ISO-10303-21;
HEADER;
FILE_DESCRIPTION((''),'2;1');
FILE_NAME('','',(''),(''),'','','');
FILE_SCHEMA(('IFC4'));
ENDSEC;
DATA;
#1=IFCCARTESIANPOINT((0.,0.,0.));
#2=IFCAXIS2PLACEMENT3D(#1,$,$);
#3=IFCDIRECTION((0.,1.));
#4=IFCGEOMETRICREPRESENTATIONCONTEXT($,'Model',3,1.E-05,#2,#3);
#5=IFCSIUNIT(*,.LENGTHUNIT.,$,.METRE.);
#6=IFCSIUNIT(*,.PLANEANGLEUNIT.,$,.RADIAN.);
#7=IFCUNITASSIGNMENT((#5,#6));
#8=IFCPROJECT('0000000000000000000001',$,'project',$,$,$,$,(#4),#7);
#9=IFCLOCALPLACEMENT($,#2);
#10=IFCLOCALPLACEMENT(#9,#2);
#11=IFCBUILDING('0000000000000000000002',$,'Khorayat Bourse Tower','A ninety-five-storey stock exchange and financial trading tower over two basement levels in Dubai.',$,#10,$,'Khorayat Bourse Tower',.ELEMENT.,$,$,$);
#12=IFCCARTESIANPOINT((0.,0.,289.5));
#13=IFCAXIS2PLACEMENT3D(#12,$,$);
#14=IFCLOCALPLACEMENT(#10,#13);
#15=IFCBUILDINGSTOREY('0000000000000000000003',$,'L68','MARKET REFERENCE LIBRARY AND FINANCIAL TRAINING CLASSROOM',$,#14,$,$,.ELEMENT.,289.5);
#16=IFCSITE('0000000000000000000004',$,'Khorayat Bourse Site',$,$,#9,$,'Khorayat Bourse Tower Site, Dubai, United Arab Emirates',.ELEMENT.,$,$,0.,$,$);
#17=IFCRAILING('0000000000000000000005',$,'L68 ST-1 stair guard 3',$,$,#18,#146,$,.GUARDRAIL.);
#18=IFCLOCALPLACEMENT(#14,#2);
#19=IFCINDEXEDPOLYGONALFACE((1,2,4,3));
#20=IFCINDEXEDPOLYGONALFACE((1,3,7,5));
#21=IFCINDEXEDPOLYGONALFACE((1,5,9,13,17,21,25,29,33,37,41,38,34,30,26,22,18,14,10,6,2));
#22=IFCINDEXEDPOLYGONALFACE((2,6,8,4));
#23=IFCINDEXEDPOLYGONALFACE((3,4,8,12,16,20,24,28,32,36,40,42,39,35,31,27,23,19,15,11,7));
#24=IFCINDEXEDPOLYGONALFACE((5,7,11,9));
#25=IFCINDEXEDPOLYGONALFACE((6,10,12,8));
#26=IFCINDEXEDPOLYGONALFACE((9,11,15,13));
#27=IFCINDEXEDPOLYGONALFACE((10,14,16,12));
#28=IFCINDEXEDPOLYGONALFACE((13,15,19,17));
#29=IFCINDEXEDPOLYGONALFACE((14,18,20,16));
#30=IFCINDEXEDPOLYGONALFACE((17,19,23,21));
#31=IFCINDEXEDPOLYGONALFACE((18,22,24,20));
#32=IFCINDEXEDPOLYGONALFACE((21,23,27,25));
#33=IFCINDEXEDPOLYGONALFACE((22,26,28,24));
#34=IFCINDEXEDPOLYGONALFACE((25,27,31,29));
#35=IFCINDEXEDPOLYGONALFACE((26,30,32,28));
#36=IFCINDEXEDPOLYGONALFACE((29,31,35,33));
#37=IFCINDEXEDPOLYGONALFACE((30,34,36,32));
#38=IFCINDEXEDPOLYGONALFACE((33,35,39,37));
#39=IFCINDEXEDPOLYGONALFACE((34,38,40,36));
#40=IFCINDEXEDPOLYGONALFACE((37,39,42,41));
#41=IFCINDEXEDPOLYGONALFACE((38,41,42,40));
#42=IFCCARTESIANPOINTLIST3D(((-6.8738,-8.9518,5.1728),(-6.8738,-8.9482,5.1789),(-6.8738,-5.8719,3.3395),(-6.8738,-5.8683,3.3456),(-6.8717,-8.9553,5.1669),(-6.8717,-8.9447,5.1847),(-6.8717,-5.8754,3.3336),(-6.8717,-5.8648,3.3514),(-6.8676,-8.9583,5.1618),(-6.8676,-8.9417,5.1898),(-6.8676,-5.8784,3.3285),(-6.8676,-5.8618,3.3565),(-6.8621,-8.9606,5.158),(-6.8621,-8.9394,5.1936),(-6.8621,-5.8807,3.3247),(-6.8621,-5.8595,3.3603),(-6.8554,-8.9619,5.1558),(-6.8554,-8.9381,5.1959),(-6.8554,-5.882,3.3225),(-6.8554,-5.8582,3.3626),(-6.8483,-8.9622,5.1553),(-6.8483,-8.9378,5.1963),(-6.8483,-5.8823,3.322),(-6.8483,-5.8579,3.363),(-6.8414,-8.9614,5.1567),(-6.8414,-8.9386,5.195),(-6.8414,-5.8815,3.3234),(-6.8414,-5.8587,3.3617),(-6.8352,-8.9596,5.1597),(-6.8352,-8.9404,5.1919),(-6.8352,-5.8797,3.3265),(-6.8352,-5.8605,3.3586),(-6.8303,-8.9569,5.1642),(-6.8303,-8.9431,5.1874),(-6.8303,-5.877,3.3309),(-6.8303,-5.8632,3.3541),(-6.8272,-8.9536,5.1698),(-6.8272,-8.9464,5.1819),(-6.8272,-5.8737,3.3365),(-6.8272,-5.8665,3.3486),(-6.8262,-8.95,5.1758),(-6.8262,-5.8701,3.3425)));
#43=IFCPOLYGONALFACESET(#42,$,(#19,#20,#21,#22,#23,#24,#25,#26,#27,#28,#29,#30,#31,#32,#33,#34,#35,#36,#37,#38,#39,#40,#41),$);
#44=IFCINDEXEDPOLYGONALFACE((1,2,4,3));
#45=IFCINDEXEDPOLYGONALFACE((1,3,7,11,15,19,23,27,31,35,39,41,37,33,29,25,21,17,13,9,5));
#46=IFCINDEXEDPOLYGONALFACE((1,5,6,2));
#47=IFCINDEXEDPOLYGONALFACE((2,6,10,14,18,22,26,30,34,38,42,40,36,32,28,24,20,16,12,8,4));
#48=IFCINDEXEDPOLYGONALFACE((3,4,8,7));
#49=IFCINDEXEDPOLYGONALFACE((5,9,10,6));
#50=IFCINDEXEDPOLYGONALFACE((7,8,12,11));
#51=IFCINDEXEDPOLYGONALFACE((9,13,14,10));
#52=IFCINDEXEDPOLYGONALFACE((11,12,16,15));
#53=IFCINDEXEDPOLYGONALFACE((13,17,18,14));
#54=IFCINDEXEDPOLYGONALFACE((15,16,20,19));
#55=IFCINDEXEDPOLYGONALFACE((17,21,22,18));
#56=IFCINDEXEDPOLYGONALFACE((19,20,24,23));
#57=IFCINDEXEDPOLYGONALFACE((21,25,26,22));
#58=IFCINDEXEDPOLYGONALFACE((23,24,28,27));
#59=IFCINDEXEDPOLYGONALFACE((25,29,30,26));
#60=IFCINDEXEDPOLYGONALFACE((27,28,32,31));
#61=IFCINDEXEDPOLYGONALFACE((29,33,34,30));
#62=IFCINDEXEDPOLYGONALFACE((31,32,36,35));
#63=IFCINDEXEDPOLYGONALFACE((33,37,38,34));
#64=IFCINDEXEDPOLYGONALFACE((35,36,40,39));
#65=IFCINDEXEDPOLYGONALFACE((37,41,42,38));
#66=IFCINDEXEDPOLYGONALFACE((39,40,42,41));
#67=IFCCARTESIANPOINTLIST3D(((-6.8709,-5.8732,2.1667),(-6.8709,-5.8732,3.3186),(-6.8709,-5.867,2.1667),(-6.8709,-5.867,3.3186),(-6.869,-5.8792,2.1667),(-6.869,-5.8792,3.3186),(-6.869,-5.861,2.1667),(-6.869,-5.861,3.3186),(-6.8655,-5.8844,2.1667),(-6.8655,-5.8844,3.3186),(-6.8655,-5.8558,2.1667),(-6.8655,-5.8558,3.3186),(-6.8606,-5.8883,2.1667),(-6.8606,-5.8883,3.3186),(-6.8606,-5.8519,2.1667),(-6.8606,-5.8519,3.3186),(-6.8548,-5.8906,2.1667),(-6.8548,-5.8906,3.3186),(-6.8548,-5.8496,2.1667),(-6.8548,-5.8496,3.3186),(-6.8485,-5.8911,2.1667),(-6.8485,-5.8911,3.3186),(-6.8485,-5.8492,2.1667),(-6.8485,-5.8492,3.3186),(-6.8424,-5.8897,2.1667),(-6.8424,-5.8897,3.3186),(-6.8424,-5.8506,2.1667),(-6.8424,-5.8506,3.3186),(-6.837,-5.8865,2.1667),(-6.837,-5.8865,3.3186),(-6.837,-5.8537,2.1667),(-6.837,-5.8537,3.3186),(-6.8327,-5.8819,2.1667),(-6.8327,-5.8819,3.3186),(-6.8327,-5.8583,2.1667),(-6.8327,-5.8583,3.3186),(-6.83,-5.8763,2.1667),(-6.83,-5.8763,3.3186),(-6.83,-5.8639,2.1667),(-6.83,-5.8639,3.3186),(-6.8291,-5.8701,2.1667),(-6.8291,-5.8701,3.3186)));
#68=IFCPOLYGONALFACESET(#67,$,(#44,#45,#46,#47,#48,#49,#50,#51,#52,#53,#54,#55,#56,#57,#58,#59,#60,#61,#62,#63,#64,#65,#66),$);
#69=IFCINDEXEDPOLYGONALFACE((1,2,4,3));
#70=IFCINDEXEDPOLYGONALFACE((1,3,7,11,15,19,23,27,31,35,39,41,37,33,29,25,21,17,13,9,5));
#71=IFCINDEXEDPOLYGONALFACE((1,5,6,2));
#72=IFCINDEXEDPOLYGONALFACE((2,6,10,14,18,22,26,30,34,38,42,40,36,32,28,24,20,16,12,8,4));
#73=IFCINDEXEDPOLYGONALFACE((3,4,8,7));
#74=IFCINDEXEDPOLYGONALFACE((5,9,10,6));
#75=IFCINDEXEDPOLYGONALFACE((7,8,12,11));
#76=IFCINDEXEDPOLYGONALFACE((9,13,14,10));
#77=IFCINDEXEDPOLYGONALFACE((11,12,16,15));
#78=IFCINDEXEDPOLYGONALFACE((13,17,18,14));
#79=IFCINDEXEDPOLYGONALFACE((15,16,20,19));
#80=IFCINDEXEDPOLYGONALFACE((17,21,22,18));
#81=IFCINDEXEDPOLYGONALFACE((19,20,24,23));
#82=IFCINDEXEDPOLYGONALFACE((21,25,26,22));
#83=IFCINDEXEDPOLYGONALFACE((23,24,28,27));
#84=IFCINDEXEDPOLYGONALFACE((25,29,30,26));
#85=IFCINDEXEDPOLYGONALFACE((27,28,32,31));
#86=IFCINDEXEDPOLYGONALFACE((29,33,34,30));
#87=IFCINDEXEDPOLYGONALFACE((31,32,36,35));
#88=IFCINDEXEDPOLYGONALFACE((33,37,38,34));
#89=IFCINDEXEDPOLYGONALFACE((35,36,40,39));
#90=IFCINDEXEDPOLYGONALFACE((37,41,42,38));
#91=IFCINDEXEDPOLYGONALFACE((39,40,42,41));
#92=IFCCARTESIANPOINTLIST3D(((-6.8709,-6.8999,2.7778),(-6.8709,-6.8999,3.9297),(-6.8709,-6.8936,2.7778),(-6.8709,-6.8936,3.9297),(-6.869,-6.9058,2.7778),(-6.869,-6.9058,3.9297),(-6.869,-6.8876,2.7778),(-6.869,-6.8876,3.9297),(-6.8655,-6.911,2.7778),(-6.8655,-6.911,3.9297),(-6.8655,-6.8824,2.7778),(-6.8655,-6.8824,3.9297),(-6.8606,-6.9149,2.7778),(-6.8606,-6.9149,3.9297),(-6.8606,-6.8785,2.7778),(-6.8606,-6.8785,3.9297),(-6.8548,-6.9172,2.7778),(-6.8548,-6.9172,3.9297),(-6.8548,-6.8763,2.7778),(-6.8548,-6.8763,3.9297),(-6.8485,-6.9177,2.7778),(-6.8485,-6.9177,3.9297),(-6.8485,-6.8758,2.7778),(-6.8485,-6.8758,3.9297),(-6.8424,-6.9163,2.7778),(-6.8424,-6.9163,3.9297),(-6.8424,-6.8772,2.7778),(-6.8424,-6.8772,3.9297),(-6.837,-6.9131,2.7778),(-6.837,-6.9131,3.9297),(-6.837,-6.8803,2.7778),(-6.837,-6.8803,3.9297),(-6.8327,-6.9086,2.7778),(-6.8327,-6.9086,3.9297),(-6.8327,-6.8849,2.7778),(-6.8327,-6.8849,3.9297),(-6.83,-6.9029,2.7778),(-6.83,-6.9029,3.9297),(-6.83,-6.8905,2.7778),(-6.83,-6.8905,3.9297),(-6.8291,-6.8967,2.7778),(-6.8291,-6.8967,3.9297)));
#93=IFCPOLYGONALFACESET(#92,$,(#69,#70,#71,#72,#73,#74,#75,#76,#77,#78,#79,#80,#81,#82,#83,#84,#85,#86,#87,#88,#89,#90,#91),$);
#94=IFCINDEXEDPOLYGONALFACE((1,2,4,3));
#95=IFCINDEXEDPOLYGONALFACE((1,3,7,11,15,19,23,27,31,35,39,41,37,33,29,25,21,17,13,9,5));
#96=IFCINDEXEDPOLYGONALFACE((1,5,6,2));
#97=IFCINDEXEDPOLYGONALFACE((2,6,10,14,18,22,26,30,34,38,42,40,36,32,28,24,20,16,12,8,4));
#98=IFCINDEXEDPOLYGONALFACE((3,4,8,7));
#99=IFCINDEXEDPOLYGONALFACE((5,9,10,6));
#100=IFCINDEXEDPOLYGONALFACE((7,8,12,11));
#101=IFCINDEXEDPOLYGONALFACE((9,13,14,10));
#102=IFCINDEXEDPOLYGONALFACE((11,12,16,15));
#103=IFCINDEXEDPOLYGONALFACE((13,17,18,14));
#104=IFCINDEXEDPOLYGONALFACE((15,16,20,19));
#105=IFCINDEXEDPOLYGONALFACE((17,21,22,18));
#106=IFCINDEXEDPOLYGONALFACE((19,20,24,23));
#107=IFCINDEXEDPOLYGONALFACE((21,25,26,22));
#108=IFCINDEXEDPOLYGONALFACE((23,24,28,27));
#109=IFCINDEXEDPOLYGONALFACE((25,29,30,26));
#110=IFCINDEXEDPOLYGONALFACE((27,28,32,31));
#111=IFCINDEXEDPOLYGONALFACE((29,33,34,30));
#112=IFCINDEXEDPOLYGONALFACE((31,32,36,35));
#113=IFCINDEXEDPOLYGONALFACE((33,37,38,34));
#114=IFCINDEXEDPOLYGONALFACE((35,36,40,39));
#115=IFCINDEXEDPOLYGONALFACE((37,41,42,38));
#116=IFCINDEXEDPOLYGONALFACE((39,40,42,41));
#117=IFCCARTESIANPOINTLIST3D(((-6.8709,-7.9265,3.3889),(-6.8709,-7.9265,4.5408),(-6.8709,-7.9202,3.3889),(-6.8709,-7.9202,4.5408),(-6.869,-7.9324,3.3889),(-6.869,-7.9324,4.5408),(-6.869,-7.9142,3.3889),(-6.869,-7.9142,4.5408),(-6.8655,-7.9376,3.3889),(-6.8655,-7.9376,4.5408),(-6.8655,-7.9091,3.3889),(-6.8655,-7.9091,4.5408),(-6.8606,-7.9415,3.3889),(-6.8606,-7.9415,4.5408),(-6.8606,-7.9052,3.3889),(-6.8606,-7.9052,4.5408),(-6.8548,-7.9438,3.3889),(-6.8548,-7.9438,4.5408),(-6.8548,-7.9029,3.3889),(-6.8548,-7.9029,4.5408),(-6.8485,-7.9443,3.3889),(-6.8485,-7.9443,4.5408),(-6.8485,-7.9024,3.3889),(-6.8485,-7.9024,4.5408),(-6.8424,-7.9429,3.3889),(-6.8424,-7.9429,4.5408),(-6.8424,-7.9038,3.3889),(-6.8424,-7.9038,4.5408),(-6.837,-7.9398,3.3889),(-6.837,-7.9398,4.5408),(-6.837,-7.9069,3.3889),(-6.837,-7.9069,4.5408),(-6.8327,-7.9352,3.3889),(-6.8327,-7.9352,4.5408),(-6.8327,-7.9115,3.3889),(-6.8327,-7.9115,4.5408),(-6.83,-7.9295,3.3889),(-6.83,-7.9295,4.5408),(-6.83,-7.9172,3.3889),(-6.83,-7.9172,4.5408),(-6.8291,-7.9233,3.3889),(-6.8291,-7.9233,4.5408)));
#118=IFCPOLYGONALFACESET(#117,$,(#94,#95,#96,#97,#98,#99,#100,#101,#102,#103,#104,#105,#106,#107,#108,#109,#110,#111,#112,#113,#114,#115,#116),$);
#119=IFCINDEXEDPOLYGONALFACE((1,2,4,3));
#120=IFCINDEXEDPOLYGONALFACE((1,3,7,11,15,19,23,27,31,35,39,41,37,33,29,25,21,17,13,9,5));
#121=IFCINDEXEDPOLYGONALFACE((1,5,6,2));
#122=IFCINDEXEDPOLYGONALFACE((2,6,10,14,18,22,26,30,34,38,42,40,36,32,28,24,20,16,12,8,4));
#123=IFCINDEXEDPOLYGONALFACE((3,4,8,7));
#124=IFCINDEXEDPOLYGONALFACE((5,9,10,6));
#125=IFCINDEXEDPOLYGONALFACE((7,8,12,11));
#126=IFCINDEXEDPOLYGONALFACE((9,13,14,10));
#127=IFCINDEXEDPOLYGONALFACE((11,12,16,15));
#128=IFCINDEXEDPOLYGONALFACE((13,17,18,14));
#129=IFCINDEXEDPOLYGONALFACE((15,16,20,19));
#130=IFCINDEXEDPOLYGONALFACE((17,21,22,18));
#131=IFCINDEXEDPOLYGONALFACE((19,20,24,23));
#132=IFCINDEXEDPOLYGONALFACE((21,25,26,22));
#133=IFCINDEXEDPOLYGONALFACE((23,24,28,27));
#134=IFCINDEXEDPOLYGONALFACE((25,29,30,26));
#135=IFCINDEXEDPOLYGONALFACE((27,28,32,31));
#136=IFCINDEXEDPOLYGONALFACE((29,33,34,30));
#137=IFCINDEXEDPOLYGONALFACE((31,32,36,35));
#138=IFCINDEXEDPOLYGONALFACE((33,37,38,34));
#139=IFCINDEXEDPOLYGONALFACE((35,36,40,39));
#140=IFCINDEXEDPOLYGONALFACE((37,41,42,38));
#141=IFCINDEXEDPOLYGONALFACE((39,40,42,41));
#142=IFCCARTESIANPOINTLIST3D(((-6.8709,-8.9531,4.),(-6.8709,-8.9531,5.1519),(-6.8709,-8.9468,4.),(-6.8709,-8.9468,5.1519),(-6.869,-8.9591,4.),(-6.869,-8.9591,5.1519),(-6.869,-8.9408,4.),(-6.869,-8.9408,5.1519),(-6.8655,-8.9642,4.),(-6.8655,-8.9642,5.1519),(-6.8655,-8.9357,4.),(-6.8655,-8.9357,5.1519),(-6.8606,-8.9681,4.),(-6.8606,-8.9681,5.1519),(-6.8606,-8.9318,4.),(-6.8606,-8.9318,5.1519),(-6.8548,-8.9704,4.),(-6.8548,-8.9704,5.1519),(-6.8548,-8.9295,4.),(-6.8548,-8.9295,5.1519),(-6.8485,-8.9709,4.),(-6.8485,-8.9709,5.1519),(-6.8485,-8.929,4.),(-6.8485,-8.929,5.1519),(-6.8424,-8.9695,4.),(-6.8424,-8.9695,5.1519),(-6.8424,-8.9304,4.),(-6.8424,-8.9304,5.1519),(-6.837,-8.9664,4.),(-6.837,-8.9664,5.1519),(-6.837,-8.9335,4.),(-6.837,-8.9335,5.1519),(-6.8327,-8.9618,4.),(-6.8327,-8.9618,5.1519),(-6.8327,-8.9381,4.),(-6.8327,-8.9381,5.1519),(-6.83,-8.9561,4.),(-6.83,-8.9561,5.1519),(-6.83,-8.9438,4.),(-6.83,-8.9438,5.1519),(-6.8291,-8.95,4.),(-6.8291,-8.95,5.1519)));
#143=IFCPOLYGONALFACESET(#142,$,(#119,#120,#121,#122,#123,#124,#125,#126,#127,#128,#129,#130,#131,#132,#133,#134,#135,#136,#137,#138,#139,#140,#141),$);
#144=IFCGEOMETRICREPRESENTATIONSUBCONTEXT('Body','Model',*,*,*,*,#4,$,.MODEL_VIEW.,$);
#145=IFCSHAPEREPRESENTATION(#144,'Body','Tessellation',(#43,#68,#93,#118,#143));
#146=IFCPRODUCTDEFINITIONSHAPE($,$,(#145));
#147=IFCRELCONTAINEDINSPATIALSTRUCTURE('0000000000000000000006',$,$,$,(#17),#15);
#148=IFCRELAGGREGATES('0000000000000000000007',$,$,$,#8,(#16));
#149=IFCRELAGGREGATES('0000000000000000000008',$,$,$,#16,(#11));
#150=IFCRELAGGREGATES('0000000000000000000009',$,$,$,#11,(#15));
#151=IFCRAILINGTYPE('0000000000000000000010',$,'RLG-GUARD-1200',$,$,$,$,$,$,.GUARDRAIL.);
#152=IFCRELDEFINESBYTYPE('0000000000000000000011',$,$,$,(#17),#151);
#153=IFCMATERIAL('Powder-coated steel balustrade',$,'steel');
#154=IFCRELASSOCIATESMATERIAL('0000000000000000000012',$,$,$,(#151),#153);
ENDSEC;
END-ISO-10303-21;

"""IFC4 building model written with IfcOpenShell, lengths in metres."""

from ifc_helpers import new_model, si_unit, direction, frame, origin, origin_2d, place, context, subcontext, project, spatial, circle, extrude, source, transform, mapped, material, type_object, element, save


model = new_model("IFC4")

# Units and contexts
model_context = context("Model", 3, precision=1e-05, world=origin(), true_north=direction((0.0, 1.0)))
body_context = subcontext(model_context, "Body", "Model", "MODEL_VIEW")
ifc_project = project(units=[si_unit("LENGTHUNIT", "METRE"), si_unit("PLANEANGLEUNIT", "RADIAN")], contexts=[model_context])

# Site, building, storey
site_placement = place(None, origin())
site = spatial("IfcSite", under=ifc_project, at=site_placement, Name="Khorayat Bourse Site", LongName="Khorayat Bourse Tower Site, Dubai, United Arab Emirates", CompositionType="ELEMENT", RefElevation=0.0)
building_placement = place(site_placement, origin())
building = spatial("IfcBuilding", under=site, at=building_placement, Name="Khorayat Bourse Tower", Description="A ninety-five-storey stock exchange and financial trading tower over two basement levels in Dubai.", LongName="Khorayat Bourse Tower", CompositionType="ELEMENT")
storey_placement = place(building_placement, frame((0.0, 0.0, 289.5)))
storey = spatial("IfcBuildingStorey", under=building, at=storey_placement, Name="L68", Description="MARKET REFERENCE LIBRARY AND FINANCIAL TRAINING CLASSROOM", CompositionType="ELEMENT", Elevation=289.5)

# Railing
ifc_material_1 = material(Name="Powder-coated steel balustrade", Category="steel")
railing_type_1 = type_object("IfcRailingType", Name="RLG-GUARD-1200", PredefinedType="GUARDRAIL", material=ifc_material_1)
shared_shape_1 = source(origin(), body_context, "Body", "SweptSolid", [
    extrude(circle(Radius=0.0239, at=origin_2d()), frame((0.0, 0.0, 1.1758), z_axis=(0.0, -0.859291, 0.511487), x_axis=(1.0, 0.0, 0.0)), (0.0, 0.0, 1.0), 3.5842),
    extrude(circle(Radius=0.021, at=origin_2d()), origin(), (0.0, 0.0, 1.0), 1.1519),
    extrude(circle(Radius=0.021, at=origin_2d()), frame((0.0, -1.0266, 0.6111)), (0.0, 0.0, 1.0), 1.1519),
    extrude(circle(Radius=0.021, at=origin_2d()), frame((0.0, -2.0532, 1.2222)), (0.0, 0.0, 1.0), 1.1519),
    extrude(circle(Radius=0.021, at=origin_2d()), frame((0.0, -3.0798, 1.8333)), (0.0, 0.0, 1.0), 1.1519),
])
railing_1_placement = place(storey_placement, frame((-6.8501, -5.8701, 2.1667)))
element("IfcRailing", 1, at=railing_1_placement, inside=storey, type_object=railing_type_1, Name="L68 ST-1 stair guard 3", PredefinedType="GUARDRAIL", context=body_context, shape_type="MappedRepresentation", body=[
    mapped(shared_shape_1, transform((0.0, 0.0, 0.0), scale=1.0)),
])

save(model, "model.ifc")
